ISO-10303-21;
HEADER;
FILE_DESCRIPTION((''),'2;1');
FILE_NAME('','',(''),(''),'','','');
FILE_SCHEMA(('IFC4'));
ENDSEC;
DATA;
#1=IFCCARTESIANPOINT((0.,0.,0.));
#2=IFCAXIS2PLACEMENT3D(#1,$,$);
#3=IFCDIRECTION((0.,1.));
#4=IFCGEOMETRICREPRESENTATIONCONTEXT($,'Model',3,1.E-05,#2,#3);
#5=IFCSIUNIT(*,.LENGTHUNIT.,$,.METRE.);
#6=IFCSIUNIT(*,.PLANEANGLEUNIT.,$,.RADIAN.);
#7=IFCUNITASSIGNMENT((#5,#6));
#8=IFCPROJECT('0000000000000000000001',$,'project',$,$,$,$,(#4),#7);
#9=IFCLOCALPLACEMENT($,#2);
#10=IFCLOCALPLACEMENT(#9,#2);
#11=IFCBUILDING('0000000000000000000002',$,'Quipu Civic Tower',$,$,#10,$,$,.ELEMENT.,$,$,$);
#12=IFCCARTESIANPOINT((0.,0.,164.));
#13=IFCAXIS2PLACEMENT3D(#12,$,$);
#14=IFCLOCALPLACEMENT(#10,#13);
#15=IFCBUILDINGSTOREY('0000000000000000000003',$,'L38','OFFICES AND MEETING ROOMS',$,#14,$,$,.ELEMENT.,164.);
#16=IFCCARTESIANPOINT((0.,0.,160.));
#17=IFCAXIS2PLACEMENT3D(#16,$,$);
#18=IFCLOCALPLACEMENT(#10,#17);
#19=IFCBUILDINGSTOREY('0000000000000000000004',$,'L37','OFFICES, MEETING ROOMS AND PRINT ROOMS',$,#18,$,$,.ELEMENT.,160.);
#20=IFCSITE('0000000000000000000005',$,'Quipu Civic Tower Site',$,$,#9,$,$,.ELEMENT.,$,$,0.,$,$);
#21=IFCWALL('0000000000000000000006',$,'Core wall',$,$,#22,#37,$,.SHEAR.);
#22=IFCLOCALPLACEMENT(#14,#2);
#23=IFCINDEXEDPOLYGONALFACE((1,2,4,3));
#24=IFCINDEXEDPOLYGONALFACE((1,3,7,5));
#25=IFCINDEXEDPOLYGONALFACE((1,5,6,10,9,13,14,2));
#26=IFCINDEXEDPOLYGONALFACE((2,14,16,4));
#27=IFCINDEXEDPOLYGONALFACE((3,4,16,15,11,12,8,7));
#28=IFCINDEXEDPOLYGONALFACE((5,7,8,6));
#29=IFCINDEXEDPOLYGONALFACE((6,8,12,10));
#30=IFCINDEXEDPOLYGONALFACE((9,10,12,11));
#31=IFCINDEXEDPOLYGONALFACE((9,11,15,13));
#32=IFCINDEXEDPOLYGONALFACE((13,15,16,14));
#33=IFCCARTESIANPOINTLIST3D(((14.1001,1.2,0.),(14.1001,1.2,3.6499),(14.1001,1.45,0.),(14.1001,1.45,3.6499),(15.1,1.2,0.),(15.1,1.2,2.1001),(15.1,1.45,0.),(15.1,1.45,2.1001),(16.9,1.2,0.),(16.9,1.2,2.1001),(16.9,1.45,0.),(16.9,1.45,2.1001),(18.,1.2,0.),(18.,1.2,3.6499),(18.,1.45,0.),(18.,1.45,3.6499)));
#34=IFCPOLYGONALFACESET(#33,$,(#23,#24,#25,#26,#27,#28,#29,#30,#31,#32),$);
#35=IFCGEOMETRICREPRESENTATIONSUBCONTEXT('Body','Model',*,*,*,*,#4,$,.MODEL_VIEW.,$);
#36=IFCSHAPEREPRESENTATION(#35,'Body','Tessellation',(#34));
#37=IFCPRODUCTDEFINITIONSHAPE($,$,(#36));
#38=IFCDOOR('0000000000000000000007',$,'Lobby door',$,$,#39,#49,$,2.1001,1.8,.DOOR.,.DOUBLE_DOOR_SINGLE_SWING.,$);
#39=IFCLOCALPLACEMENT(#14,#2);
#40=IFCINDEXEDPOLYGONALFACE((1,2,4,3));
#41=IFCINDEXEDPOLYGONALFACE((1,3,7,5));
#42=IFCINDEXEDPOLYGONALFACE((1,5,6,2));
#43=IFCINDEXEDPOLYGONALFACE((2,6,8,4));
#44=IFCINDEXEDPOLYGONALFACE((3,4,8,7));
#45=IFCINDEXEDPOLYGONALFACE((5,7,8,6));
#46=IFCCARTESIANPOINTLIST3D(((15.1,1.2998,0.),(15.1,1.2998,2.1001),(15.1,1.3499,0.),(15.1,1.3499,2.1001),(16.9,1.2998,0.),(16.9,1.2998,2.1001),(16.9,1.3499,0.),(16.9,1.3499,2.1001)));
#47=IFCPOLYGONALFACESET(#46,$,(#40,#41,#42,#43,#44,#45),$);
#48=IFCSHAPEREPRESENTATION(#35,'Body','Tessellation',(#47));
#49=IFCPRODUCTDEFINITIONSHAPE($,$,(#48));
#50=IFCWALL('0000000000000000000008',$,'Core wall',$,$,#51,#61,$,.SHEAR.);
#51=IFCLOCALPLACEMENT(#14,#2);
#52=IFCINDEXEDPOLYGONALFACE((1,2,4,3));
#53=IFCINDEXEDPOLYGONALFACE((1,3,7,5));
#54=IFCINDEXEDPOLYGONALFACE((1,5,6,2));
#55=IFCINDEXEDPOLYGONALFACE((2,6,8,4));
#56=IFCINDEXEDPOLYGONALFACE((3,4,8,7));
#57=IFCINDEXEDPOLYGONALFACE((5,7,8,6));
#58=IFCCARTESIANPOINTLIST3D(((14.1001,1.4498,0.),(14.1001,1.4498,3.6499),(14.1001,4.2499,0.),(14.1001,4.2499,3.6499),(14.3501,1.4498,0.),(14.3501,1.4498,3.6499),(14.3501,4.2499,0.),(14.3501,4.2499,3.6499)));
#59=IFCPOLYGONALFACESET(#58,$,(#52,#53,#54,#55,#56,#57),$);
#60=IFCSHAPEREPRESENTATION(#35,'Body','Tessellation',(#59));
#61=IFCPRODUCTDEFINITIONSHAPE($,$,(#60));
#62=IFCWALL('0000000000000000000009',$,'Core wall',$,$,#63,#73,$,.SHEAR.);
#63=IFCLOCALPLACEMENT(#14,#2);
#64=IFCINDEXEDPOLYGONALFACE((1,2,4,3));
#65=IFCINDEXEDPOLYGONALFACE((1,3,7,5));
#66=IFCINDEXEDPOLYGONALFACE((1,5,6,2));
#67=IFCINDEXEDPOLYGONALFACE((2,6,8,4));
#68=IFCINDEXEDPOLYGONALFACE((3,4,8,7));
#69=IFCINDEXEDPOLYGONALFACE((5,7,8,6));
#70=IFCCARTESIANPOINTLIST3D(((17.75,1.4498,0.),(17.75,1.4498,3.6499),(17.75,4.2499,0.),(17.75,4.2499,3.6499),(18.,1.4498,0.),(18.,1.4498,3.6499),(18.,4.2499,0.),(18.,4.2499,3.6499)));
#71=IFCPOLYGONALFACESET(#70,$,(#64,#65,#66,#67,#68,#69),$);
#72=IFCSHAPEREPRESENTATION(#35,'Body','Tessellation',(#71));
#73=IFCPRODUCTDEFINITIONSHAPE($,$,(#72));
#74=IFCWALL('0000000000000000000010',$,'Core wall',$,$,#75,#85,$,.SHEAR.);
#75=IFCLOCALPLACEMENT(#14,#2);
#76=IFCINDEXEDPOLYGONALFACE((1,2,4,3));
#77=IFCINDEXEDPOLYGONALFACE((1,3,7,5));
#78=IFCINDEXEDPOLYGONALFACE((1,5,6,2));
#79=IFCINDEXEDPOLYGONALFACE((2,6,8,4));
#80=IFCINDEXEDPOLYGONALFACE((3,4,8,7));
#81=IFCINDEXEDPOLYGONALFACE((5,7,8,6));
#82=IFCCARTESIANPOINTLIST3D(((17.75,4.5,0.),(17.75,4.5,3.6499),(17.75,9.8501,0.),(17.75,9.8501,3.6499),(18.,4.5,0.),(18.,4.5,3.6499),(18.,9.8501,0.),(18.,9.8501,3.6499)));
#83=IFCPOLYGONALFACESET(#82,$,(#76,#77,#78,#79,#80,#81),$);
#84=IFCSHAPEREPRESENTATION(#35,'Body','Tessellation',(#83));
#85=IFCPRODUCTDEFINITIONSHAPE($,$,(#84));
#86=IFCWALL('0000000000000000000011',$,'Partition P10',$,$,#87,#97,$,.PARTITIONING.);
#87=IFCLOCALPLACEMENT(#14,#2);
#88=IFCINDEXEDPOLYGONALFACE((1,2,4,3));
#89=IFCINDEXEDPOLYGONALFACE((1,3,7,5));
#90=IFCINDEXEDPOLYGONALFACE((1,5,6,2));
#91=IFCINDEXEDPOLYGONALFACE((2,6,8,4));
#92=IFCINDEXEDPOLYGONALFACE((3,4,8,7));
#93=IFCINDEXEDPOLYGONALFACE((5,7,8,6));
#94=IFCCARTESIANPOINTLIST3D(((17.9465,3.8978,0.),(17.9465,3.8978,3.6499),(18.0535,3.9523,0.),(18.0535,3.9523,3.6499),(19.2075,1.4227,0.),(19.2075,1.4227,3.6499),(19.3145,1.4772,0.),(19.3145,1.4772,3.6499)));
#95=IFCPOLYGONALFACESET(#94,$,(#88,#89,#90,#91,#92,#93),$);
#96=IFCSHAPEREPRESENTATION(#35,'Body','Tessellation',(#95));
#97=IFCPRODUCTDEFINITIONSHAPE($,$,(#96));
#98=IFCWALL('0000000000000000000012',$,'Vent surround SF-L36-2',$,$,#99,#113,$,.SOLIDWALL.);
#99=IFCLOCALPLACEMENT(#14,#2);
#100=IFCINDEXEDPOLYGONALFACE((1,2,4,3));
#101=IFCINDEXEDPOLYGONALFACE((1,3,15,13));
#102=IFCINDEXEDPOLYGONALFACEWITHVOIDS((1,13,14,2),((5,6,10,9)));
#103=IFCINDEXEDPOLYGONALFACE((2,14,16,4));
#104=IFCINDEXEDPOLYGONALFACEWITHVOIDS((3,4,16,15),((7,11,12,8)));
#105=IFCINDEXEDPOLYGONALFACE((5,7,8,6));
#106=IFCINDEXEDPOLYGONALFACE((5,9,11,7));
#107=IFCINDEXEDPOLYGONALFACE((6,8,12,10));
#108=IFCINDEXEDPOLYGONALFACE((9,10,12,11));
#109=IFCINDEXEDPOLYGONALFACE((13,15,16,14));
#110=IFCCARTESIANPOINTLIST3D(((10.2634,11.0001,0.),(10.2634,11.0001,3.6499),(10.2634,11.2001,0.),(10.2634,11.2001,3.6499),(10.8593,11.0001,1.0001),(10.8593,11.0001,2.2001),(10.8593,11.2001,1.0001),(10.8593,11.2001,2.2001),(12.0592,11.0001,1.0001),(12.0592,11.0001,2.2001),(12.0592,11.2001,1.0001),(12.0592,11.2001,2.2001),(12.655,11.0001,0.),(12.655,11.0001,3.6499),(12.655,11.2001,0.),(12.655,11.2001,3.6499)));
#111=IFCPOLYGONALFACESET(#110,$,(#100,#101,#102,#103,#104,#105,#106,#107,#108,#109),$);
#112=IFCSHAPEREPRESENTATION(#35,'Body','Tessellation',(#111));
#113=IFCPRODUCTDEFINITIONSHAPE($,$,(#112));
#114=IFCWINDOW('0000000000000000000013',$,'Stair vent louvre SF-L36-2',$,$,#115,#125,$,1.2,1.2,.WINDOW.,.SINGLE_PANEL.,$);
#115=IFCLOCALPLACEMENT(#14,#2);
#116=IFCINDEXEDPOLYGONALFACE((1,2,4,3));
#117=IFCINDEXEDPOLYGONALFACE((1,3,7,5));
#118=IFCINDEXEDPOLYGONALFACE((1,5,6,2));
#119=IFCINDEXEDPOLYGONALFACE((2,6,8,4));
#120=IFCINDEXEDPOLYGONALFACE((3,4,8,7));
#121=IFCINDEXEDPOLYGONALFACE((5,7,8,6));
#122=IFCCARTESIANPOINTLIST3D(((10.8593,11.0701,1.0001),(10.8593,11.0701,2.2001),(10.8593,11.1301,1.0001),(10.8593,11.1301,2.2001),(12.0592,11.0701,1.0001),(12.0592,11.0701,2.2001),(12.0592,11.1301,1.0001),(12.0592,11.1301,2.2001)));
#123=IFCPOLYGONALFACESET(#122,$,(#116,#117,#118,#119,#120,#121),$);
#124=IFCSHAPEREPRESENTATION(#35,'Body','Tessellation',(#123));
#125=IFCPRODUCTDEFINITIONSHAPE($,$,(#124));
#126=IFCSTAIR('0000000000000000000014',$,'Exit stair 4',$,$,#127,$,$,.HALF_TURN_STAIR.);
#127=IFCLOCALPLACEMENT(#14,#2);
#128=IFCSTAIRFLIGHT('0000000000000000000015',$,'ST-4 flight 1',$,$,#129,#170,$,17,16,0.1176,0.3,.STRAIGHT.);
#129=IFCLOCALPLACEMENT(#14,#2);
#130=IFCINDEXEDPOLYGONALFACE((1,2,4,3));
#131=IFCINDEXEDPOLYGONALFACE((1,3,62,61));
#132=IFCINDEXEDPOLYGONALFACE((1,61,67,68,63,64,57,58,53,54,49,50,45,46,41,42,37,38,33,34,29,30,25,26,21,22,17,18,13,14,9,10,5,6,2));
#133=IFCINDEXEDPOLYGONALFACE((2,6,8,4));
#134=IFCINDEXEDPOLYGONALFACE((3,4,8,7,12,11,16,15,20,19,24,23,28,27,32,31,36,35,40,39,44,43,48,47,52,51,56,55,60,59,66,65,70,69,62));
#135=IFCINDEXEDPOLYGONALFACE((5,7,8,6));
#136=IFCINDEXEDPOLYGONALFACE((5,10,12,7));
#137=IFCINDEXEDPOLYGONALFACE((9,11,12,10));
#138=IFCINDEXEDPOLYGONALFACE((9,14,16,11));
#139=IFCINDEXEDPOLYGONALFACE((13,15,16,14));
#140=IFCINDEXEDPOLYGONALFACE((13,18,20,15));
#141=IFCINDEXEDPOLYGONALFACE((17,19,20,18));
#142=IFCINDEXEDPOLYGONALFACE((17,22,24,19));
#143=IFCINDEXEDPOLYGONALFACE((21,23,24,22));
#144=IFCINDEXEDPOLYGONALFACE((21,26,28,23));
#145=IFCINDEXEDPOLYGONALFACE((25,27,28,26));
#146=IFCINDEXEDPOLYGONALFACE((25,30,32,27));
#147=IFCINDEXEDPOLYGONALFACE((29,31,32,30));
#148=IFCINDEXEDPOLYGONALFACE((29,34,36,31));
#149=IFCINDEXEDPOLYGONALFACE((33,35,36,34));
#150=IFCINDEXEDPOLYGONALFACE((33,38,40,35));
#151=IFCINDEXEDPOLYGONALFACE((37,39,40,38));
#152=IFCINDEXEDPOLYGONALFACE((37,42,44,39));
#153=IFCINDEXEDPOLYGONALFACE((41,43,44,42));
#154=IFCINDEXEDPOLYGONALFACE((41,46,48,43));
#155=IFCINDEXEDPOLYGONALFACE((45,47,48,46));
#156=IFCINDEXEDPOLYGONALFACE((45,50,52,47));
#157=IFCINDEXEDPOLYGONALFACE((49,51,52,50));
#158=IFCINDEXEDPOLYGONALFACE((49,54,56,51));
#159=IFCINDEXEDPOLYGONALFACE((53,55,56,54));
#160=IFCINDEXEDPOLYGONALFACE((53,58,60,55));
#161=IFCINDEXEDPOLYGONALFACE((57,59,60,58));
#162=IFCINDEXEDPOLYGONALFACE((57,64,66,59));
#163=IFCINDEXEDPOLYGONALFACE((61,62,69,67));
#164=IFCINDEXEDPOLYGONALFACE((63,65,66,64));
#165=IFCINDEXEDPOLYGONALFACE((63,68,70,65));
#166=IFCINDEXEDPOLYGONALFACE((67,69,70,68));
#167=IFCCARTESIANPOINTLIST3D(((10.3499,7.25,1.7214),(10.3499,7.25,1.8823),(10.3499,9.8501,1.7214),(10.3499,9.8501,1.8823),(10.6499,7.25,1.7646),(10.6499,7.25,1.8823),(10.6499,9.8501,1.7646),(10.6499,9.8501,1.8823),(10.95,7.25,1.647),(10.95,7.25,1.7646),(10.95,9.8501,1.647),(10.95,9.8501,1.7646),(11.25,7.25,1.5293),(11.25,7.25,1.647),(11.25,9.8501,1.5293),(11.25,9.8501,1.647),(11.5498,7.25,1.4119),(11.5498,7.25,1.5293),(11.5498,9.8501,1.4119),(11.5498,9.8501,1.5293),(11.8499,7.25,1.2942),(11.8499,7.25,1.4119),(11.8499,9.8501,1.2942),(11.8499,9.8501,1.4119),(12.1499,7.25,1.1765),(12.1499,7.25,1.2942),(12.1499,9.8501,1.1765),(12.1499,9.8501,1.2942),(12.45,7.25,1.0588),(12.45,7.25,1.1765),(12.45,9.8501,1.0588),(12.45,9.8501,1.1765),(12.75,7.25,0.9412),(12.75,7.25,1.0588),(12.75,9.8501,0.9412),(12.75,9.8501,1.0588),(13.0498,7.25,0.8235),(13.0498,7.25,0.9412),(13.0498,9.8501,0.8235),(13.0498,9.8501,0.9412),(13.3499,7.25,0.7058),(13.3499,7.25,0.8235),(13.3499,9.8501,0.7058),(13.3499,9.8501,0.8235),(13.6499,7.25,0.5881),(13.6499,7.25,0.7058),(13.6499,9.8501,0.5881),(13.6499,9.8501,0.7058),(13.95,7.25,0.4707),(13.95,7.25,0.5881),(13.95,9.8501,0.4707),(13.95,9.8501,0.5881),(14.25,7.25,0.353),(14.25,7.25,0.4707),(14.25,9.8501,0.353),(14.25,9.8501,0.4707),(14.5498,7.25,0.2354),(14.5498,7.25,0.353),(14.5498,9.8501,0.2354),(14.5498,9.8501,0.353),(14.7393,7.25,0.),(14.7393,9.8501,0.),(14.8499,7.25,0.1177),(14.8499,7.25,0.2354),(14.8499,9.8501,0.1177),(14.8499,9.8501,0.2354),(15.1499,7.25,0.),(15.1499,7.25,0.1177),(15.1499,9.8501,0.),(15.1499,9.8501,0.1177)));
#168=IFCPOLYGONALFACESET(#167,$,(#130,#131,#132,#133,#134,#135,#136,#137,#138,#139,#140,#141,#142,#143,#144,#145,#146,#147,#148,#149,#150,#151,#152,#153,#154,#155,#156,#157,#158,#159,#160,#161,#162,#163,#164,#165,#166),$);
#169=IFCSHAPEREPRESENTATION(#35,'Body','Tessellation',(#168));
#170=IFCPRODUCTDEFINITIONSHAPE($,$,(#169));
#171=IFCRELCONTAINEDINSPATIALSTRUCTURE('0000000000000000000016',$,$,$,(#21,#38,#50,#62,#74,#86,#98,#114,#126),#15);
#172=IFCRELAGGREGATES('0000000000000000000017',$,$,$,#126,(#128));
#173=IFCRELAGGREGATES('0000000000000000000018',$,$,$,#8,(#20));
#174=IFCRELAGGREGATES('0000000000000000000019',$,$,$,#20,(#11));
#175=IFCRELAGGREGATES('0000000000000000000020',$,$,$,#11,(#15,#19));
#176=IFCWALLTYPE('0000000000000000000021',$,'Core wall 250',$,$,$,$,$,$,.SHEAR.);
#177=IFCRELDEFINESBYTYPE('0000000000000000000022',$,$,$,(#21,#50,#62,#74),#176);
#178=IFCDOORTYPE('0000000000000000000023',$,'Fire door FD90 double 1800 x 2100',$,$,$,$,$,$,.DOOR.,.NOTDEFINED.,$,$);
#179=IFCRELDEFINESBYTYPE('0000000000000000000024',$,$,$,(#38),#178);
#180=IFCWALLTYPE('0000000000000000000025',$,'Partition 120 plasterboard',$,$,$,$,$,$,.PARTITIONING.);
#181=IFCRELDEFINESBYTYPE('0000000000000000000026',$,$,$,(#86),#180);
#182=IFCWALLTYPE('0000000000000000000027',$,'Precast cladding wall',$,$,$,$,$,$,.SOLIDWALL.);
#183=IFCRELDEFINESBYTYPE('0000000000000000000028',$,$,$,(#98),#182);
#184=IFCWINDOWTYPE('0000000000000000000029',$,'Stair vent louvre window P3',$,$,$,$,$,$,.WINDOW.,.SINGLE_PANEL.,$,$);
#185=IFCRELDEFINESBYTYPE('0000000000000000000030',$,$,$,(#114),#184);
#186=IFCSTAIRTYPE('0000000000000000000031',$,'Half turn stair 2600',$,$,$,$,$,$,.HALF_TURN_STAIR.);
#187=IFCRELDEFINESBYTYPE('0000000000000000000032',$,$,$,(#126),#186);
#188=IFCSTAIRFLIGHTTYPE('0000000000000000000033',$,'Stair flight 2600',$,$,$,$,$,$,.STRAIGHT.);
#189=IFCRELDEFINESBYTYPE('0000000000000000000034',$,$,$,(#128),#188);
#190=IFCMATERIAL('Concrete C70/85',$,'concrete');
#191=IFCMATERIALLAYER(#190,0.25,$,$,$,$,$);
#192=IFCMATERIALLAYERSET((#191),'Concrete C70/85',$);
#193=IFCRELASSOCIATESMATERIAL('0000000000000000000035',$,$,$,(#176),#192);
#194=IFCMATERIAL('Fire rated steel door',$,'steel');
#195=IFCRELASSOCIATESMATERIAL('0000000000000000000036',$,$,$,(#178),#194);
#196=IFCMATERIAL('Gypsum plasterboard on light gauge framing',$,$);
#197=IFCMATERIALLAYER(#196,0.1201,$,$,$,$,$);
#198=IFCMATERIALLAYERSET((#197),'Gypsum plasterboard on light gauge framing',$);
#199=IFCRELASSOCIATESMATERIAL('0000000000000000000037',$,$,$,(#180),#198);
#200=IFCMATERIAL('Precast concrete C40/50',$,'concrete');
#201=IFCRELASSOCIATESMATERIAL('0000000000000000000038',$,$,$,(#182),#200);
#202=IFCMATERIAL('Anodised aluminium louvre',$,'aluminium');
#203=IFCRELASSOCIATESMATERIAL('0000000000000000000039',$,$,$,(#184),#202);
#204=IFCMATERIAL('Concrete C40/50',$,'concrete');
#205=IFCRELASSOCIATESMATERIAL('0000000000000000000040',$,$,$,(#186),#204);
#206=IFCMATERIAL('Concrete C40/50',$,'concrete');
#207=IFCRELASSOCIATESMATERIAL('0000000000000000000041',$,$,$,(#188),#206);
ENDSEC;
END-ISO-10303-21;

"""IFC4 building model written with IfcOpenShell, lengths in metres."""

from ifc_helpers import new_model, si_unit, direction, frame, frame_2d, origin, place, context, subcontext, project, spatial, polyline, rectangle, outline, extrude, material, layer, layer_set, type_object, element, fill, aggregate, save


model = new_model("IFC4")

# Units and contexts
model_context = context("Model", 3, precision=1e-05, world=origin(), true_north=direction((0.0, 1.0)))
body_context = subcontext(model_context, "Body", "Model", "MODEL_VIEW")
ifc_project = project(units=[si_unit("LENGTHUNIT", "METRE"), si_unit("PLANEANGLEUNIT", "RADIAN")], contexts=[model_context])

# Site, building, storey
site_placement = place(None, origin())
site = spatial("IfcSite", under=ifc_project, at=site_placement, Name="Quipu Civic Tower Site", CompositionType="ELEMENT", RefElevation=0.0)
building_placement = place(site_placement, origin())
building = spatial("IfcBuilding", under=site, at=building_placement, Name="Quipu Civic Tower", CompositionType="ELEMENT")
storey_1_placement = place(building_placement, frame((0.0, 0.0, 164.0)))
storey_1 = spatial("IfcBuildingStorey", under=building, at=storey_1_placement, Name="L38", Description="OFFICES AND MEETING ROOMS", CompositionType="ELEMENT", Elevation=164.0)

# Shared definitions
storey_2_placement = place(building_placement, frame((0.0, 0.0, 160.0)))
storey_2 = spatial("IfcBuildingStorey", under=building, at=storey_2_placement, Name="L37", Description="OFFICES, MEETING ROOMS AND PRINT ROOMS", CompositionType="ELEMENT", Elevation=160.0)

# Wall, opening, door
ifc_material_1 = material(Name="Concrete C70/85", Category="concrete")
ifc_layer_1 = layer(ifc_material_1, 0.25)
ifc_layer_set_1 = layer_set([ifc_layer_1], Name="Concrete C70/85")
wall_type_1 = type_object("IfcWallType", Name="Core wall 250", PredefinedType="SHEAR", material=ifc_layer_set_1)
wall_1_placement = place(storey_1_placement, frame((14.1001, 1.325, 0.0), z_axis=(0.0, 0.0, 1.0), x_axis=(1.0, 0.0, 0.0)))
wall_1 = element("IfcWall", 1, at=wall_1_placement, inside=storey_1, type_object=wall_type_1, Name="Core wall", PredefinedType="SHEAR", context=body_context, shape_type="SweptSolid", body=[
    extrude(rectangle(XDim=3.8999, YDim=0.25, at=frame_2d((1.95, 0.0))), origin(), (0.0, 0.0, 1.0), 3.6499),
])
opening_1_placement = place(wall_1_placement, frame((1.0, 0.0, 0.0)))
opening_1 = element("IfcOpeningElement", 2, at=opening_1_placement, cuts=wall_1, PredefinedType="OPENING", context=body_context, shape_type="SweptSolid", body=[
    extrude(rectangle(XDim=1.8, YDim=2.1001, at=frame_2d((0.8999, 1.05))), frame((0.0, 0.135, 0.0), z_axis=(0.0, -1.0, 0.0), x_axis=(1.0, 0.0, 0.0)), (0.0, 0.0, 1.0), 0.27),
])
ifc_material_2 = material(Name="Fire rated steel door", Category="steel")
door_type = type_object("IfcDoorType", Name="Fire door FD90 double 1800 x 2100", OperationType="NOTDEFINED", PredefinedType="DOOR", material=ifc_material_2)
door_placement = place(opening_1_placement, origin())
door = element("IfcDoor", 3, at=door_placement, inside=storey_1, type_object=door_type, Name="Lobby door", OperationType="DOUBLE_DOOR_SINGLE_SWING", OverallHeight=2.1001, OverallWidth=1.8, PredefinedType="DOOR", context=body_context, shape_type="SweptSolid", body=[
    extrude(rectangle(XDim=1.8, YDim=2.1001, at=frame_2d((0.8999, 1.05))), frame((0.0, 0.0249, 0.0), z_axis=(0.0, -1.0, 0.0), x_axis=(1.0, 0.0, 0.0)), (0.0, 0.0, 1.0), 0.05),
])
fill(opening_1, door)

# Walls
for number, where, z_axis, x_axis, name in (
    (4, (14.2251, 1.45, 0.0), (0.0, 0.0, 1.0), (0.0, 1.0, 0.0), "Core wall"),
    (5, (17.875, 1.45, 0.0), (0.0, 0.0, 1.0), (0.0, 1.0, 0.0), "Core wall"),
):
    element("IfcWall", number, at=place(storey_1_placement, frame(where, z_axis=z_axis, x_axis=x_axis)), inside=storey_1, type_object=wall_type_1, Name=name, PredefinedType="SHEAR", context=body_context, shape_type="SweptSolid", body=[
        extrude(rectangle(XDim=2.8, YDim=0.25, at=frame_2d((1.3999, 0.0))), origin(), (0.0, 0.0, 1.0), 3.6499),
    ])
wall_2_placement = place(storey_1_placement, frame((17.875, 4.5, 0.0), z_axis=(0.0, 0.0, 1.0), x_axis=(0.0, 1.0, 0.0)))
element("IfcWall", 6, at=wall_2_placement, inside=storey_1, type_object=wall_type_1, Name="Core wall", PredefinedType="SHEAR", context=body_context, shape_type="SweptSolid", body=[
    extrude(rectangle(XDim=5.3501, YDim=0.25, at=frame_2d((2.675, 0.0))), origin(), (0.0, 0.0, 1.0), 3.6499),
])
ifc_material_3 = material(Name="Gypsum plasterboard on light gauge framing")
ifc_layer_2 = layer(ifc_material_3, 0.1201)
ifc_layer_set_2 = layer_set([ifc_layer_2], Name="Gypsum plasterboard on light gauge framing")
wall_type_2 = type_object("IfcWallType", Name="Partition 120 plasterboard", PredefinedType="PARTITIONING", material=ifc_layer_set_2)
wall_3_placement = place(storey_1_placement, frame((18.0, 3.925, 0.0), z_axis=(0.0, 0.0, 1.0), x_axis=(0.453951, -0.891027, 0.0)))
element("IfcWall", 7, at=wall_3_placement, inside=storey_1, type_object=wall_type_2, Name="Partition P10", PredefinedType="PARTITIONING", context=body_context, shape_type="SweptSolid", body=[
    extrude(rectangle(XDim=2.7778, YDim=0.1201, at=frame_2d((1.3889, 0.0))), origin(), (0.0, 0.0, 1.0), 3.6499),
])

# Wall, opening, window
ifc_material_4 = material(Name="Precast concrete C40/50", Category="concrete")
wall_type_3 = type_object("IfcWallType", Name="Precast cladding wall", PredefinedType="SOLIDWALL", material=ifc_material_4)
wall_4_placement = place(storey_1_placement, frame((12.655, 11.1001, 0.0), z_axis=(0.0, 0.0, 1.0), x_axis=(-1.0, 0.0, 0.0)))
wall_4 = element("IfcWall", 8, at=wall_4_placement, inside=storey_1, type_object=wall_type_3, Name="Vent surround SF-L36-2", PredefinedType="SOLIDWALL", context=body_context, shape_type="SweptSolid", body=[
    extrude(rectangle(XDim=2.3916, YDim=0.2, at=frame_2d((1.1958, 0.0))), origin(), (0.0, 0.0, 1.0), 3.6499),
])
opening_2_placement = place(wall_4_placement, frame((0.5957, 0.0, 1.0)))
opening_2 = element("IfcOpeningElement", 9, at=opening_2_placement, cuts=wall_4, PredefinedType="OPENING", context=body_context, shape_type="SweptSolid", body=[
    extrude(rectangle(XDim=1.2, YDim=1.2, at=frame_2d((0.6001, 0.6001))), frame((0.0, 0.1099, 0.0), z_axis=(0.0, -1.0, 0.0), x_axis=(1.0, 0.0, 0.0)), (0.0, 0.0, 1.0), 0.22),
])
ifc_material_5 = material(Name="Anodised aluminium louvre", Category="aluminium")
window_type = type_object("IfcWindowType", Name="Stair vent louvre window P3", PartitioningType="SINGLE_PANEL", PredefinedType="WINDOW", material=ifc_material_5)
window_placement = place(opening_2_placement, origin())
window = element("IfcWindow", 10, at=window_placement, inside=storey_1, type_object=window_type, Name="Stair vent louvre SF-L36-2", OverallHeight=1.2, OverallWidth=1.2, PartitioningType="SINGLE_PANEL", PredefinedType="WINDOW", context=body_context, shape_type="SweptSolid", body=[
    extrude(rectangle(XDim=1.2, YDim=1.2, at=frame_2d((0.6001, 0.6001))), frame((0.0, 0.03, 0.0), z_axis=(0.0, -1.0, 0.0), x_axis=(1.0, 0.0, 0.0)), (0.0, 0.0, 1.0), 0.0601),
])
fill(opening_2, window)

# Stair, stair flight
ifc_material_6 = material(Name="Concrete C40/50", Category="concrete")
stair_type = type_object("IfcStairType", Name="Half turn stair 2600", PredefinedType="HALF_TURN_STAIR", material=ifc_material_6)
stair_placement = place(storey_1_placement, origin())
stair = element("IfcStair", 11, at=stair_placement, inside=storey_1, type_object=stair_type, Name="Exit stair 4", PredefinedType="HALF_TURN_STAIR")
ifc_material_7 = material(Name="Concrete C40/50", Category="concrete")
stair_flight_type = type_object("IfcStairFlightType", Name="Stair flight 2600", PredefinedType="STRAIGHT", material=ifc_material_7)
stair_flight_1_placement = place(storey_1_placement, frame((15.1499, 8.55, 0.0), z_axis=(0.0, 0.0, 1.0), x_axis=(-1.0, 0.0, 0.0)))
stair_flight_1 = element("IfcStairFlight", 12, at=stair_flight_1_placement, type_object=stair_flight_type, Name="ST-4 flight 1", NumberOfRisers=17, NumberOfTreads=16, PredefinedType="STRAIGHT", RiserHeight=0.1176, TreadLength=0.3, context=body_context, shape_type="SweptSolid", body=[
    extrude(outline(polyline([(0.0, 0.0), (0.0, 0.1177), (0.3, 0.1177), (0.3, 0.2354), (0.6001, 0.2354), (0.6001, 0.353), (0.8999, 0.353), (0.8999, 0.4707), (1.2, 0.4707), (1.2, 0.5881), (1.5, 0.5881), (1.5, 0.7058), (1.8, 0.7058), (1.8, 0.8235), (2.1001, 0.8235), (2.1001, 0.9412), (2.3999, 0.9412), (2.3999, 1.0588), (2.7, 1.0588), (2.7, 1.1765), (3.0, 1.1765), (3.0, 1.2942), (3.3, 1.2942), (3.3, 1.4119), (3.6001, 1.4119), (3.6001, 1.5293), (3.8999, 1.5293), (3.8999, 1.647), (4.2, 1.647), (4.2, 1.7646), (4.5, 1.7646), (4.5, 1.8823), (4.8, 1.8823), (4.8, 2.0), (4.8, 1.7214), (0.4106, 0.0), (0.0, 0.0)])), frame((0.0, 1.3, 0.0), z_axis=(0.0, -1.0, 0.0), x_axis=(1.0, 0.0, 0.0)), (0.0, 0.0, 1.0), 2.6001),
])
aggregate(stair, [stair_flight_1])

save(model, "model.ifc")
